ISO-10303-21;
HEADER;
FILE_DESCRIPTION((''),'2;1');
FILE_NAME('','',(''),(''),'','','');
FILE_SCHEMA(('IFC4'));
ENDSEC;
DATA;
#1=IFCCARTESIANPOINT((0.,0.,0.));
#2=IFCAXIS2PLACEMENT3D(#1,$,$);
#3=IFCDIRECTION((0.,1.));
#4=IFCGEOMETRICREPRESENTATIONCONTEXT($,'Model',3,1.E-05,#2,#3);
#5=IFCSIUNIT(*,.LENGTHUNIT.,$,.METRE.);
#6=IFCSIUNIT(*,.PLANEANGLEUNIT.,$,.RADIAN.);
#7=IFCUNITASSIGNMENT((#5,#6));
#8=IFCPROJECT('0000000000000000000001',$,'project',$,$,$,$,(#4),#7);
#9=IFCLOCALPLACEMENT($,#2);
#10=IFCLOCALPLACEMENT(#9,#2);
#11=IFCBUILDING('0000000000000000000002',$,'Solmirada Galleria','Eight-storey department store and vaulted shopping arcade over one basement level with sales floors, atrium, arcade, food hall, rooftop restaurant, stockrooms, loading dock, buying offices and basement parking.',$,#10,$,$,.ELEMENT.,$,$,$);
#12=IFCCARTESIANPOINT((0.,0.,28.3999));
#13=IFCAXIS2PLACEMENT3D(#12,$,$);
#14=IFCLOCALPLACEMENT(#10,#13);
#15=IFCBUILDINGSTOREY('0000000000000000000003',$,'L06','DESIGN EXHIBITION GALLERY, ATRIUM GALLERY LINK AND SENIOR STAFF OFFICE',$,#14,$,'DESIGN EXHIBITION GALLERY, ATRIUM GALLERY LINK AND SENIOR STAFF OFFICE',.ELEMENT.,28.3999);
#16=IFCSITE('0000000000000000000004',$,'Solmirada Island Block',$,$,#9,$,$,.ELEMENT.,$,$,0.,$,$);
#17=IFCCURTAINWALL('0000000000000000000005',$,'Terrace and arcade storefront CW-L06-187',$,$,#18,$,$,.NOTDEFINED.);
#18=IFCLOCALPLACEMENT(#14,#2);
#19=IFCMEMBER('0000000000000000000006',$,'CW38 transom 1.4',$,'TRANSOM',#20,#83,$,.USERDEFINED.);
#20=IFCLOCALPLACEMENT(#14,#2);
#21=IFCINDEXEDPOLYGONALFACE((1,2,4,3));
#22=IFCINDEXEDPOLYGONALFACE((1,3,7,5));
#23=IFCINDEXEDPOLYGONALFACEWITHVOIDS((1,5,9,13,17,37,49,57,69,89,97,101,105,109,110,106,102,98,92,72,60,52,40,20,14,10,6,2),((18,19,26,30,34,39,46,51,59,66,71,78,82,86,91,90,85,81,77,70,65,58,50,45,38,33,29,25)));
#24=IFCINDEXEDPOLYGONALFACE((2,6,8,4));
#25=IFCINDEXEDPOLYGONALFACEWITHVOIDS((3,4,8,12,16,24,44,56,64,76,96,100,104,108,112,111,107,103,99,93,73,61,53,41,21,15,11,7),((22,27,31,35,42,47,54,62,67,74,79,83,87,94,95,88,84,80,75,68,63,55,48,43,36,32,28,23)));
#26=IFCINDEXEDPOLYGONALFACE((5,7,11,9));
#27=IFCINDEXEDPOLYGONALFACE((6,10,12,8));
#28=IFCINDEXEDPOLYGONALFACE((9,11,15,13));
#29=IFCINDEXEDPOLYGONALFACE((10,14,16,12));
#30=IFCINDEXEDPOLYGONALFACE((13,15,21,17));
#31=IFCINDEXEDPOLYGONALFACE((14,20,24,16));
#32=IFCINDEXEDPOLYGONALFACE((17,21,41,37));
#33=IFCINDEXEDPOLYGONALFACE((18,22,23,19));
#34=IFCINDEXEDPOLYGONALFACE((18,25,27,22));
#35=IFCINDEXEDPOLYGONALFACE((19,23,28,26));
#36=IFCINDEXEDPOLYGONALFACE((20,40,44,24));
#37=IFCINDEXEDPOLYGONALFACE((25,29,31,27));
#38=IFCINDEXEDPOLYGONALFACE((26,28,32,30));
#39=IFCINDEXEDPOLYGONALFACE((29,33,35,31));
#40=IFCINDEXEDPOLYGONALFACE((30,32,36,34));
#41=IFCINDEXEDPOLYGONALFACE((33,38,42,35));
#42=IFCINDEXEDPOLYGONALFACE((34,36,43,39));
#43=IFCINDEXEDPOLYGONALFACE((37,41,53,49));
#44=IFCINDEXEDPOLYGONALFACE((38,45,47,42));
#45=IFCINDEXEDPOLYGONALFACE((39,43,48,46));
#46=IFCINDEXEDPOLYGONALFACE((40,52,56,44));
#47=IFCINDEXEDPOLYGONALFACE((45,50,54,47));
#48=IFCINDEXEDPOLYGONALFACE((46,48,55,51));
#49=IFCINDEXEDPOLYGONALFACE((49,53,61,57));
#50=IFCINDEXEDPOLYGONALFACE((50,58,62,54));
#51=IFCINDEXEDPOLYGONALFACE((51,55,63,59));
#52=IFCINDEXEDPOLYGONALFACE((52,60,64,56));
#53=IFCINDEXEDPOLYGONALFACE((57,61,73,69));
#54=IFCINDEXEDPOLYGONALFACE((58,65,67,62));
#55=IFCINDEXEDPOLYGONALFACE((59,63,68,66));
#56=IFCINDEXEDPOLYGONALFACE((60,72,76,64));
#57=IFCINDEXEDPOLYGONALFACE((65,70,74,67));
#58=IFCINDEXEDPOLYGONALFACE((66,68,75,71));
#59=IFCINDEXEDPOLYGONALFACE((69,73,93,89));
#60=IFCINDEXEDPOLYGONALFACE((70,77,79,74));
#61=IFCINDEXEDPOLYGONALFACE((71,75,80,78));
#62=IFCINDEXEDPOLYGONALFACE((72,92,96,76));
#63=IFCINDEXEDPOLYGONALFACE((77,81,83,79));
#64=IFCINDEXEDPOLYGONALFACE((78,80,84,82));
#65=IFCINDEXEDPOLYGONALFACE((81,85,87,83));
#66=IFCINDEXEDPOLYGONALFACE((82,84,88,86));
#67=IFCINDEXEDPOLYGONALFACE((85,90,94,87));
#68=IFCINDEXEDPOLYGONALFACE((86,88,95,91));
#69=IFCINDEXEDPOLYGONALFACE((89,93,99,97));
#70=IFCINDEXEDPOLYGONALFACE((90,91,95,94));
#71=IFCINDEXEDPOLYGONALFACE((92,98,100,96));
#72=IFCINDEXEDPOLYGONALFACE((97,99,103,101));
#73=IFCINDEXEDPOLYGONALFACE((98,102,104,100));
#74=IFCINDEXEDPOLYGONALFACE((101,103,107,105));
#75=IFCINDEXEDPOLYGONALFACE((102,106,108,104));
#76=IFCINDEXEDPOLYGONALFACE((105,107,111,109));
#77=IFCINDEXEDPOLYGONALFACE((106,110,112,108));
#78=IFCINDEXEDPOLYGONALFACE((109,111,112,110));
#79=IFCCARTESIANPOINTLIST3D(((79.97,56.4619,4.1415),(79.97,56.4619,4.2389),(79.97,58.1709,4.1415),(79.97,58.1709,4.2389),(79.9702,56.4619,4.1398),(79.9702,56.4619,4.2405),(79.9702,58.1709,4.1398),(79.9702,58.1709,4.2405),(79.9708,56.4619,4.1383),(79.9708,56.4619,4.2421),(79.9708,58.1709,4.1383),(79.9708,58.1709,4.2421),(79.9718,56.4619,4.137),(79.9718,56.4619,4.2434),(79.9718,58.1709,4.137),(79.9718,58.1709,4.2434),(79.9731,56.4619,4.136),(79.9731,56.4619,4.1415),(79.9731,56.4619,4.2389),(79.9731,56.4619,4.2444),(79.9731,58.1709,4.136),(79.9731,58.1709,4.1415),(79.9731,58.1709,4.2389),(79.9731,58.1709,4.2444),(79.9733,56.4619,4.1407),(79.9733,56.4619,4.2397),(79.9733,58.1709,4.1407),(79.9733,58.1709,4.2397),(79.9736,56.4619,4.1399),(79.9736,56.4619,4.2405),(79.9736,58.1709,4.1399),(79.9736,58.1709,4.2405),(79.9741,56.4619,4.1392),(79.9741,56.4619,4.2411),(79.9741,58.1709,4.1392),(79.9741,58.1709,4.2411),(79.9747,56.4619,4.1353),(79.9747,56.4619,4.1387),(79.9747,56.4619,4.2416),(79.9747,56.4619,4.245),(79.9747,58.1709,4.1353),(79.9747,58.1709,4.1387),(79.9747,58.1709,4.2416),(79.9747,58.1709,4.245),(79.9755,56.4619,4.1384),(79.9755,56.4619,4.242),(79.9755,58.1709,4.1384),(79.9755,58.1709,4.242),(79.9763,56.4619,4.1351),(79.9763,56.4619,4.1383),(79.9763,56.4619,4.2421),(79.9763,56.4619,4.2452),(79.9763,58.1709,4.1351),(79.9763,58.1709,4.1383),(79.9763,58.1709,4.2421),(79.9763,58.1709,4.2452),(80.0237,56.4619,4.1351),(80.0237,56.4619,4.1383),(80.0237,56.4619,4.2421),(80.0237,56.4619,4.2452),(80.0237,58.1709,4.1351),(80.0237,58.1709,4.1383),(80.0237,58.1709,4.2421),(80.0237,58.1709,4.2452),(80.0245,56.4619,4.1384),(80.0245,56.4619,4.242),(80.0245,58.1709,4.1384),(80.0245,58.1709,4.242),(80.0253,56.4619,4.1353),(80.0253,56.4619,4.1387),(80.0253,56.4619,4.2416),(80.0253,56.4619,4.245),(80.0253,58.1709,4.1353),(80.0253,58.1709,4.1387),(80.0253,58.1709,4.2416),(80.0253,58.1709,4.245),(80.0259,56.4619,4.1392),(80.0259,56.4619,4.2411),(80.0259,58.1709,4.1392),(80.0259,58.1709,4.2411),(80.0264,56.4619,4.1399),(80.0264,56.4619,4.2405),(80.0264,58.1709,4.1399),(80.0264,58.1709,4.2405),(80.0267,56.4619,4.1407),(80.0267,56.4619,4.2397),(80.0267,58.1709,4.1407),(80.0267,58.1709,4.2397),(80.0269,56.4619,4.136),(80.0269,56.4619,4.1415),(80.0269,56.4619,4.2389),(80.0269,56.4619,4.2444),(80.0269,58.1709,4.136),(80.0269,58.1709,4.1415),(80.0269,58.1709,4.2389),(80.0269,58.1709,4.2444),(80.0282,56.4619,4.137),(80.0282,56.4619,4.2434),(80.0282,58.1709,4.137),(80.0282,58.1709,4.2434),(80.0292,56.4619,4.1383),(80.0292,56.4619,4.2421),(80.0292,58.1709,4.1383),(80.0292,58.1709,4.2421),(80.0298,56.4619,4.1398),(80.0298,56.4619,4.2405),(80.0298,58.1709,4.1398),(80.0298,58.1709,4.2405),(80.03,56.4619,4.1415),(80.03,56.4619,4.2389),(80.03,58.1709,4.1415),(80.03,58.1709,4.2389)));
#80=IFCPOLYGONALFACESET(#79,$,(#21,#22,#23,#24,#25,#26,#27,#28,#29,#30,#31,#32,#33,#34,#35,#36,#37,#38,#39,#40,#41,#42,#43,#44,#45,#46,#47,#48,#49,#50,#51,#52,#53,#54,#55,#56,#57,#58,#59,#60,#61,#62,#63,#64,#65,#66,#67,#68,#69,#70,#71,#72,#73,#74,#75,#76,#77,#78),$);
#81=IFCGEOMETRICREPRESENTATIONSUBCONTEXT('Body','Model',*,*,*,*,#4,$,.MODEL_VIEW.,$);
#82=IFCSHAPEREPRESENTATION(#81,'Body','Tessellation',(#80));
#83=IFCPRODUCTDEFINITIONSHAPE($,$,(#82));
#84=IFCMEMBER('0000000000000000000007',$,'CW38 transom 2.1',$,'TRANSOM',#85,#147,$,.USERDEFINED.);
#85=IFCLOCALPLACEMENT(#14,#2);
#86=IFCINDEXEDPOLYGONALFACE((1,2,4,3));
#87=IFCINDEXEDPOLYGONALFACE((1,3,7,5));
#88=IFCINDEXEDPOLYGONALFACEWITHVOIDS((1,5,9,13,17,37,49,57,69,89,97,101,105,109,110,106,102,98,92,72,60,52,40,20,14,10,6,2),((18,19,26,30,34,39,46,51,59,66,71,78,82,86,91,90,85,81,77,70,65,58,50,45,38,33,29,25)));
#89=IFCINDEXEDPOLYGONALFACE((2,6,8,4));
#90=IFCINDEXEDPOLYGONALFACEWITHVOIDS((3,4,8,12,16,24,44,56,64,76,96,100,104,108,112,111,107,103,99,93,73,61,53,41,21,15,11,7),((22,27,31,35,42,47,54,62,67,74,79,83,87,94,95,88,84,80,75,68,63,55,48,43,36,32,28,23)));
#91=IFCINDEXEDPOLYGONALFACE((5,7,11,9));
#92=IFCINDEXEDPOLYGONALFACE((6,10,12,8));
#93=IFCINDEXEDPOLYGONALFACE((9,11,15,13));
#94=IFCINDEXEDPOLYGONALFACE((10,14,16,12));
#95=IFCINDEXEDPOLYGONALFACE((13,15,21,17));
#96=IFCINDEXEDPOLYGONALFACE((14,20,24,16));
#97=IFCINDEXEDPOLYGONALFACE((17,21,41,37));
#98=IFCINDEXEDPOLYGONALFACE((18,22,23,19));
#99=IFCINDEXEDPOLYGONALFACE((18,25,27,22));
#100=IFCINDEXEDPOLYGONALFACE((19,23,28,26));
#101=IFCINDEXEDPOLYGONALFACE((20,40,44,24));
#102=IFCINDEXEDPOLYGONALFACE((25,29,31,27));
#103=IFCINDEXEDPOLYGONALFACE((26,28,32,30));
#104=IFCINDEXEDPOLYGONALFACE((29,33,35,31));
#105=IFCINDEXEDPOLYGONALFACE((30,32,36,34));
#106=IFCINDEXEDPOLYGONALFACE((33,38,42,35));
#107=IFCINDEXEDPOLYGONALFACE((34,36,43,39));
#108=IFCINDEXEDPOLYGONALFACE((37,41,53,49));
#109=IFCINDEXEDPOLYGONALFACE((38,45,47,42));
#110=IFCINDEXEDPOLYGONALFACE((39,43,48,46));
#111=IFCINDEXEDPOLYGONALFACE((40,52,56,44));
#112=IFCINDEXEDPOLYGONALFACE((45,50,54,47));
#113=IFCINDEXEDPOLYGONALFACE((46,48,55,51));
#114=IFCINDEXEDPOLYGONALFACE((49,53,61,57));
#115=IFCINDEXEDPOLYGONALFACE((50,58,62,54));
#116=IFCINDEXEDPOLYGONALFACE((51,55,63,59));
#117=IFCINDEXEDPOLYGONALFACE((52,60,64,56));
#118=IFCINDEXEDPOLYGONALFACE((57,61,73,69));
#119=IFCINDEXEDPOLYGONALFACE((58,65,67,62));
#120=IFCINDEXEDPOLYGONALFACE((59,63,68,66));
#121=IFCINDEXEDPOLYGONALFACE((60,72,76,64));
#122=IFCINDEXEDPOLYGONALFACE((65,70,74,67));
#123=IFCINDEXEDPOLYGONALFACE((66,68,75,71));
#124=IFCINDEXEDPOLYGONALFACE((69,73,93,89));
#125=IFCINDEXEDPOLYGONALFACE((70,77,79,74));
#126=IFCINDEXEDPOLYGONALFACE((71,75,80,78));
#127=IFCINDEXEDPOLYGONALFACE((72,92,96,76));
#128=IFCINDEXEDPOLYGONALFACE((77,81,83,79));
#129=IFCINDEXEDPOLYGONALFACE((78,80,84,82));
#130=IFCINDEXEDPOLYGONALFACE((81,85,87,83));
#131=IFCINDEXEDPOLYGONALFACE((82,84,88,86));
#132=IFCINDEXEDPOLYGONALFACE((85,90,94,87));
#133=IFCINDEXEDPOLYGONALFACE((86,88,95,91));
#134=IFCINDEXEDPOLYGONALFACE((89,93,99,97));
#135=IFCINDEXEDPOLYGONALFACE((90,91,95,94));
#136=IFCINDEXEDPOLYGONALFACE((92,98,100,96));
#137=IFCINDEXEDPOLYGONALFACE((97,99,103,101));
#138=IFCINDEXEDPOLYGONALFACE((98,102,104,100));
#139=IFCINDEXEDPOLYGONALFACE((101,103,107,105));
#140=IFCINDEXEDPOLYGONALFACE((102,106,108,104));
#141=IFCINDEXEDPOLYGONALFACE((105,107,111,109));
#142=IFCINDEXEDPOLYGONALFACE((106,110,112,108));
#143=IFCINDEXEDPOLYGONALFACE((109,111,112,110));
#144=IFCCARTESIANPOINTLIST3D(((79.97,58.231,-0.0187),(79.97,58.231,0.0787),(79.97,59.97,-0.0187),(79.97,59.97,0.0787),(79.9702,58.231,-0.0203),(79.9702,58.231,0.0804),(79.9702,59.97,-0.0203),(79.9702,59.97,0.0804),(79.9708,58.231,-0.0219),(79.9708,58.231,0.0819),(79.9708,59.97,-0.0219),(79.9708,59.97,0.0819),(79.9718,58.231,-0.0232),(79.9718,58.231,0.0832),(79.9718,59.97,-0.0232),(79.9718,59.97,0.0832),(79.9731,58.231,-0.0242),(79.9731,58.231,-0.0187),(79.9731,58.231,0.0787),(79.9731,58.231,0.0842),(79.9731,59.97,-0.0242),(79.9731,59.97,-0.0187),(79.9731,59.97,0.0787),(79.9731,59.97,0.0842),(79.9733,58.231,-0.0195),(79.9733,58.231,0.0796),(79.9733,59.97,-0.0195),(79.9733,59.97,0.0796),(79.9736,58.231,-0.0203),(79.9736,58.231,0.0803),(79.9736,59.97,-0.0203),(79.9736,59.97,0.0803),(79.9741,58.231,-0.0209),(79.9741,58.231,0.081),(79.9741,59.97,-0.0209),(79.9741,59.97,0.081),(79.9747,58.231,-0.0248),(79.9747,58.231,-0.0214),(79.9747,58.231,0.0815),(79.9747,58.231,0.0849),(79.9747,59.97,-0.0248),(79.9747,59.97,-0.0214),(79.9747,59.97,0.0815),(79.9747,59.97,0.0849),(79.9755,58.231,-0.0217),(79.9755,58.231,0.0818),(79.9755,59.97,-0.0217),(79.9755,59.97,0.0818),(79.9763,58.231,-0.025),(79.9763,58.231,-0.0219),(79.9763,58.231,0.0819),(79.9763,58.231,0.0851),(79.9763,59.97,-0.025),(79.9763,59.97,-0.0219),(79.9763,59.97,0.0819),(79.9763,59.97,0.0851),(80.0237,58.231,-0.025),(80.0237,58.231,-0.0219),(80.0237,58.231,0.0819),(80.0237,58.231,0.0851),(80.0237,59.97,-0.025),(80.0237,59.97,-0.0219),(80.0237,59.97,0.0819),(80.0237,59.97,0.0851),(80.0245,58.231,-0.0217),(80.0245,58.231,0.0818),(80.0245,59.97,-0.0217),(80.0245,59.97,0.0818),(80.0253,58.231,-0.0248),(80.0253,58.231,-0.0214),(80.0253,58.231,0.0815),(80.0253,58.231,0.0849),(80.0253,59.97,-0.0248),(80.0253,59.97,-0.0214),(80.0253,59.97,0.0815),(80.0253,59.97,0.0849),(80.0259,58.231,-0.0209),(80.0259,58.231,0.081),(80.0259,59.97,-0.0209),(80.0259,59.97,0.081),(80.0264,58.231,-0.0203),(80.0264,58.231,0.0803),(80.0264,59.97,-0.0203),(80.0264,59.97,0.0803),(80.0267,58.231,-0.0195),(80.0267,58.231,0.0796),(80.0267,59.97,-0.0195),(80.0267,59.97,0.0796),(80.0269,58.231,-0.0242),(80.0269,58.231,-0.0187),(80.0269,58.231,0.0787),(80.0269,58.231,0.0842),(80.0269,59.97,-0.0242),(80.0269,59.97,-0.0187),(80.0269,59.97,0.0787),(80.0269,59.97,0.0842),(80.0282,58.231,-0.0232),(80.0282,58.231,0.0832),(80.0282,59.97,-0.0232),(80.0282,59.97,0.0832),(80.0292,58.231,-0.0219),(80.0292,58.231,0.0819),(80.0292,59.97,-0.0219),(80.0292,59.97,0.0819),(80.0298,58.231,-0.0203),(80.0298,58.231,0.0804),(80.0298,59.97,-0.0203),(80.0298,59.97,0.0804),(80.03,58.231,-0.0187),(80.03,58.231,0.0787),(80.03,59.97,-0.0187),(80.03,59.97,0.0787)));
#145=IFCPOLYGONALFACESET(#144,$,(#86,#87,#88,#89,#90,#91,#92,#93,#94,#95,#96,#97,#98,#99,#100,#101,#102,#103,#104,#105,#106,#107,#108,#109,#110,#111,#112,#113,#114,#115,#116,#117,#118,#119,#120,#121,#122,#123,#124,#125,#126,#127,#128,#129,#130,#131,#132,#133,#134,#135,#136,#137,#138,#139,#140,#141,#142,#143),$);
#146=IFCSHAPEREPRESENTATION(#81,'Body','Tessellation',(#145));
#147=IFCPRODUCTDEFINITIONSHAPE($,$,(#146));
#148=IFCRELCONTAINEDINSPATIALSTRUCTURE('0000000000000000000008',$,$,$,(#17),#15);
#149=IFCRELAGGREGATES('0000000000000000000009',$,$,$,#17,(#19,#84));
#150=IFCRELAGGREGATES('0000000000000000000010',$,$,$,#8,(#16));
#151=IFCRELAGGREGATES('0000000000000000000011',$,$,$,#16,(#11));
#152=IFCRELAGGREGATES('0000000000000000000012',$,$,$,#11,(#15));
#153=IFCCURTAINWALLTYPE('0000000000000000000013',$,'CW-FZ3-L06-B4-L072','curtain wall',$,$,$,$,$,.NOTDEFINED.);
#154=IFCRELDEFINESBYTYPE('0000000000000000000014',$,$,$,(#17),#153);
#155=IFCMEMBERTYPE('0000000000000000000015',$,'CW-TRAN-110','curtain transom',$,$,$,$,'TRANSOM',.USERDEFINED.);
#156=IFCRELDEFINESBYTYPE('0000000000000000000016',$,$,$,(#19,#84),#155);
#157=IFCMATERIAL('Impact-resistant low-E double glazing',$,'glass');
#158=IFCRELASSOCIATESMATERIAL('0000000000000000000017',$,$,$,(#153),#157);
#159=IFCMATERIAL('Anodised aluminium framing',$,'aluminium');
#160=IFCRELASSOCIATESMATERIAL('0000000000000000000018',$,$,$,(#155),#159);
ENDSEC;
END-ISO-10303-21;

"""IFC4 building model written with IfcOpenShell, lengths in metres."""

from ifc_helpers import new_model, si_unit, direction, frame, origin, origin_2d, place, context, subcontext, project, spatial, hollow_rectangle, extrude, material, material_profile, profile_set, type_object, element, aggregate, save


model = new_model("IFC4")

# Units and contexts
model_context = context("Model", 3, precision=1e-05, world=origin(), true_north=direction((0.0, 1.0)))
body_context = subcontext(model_context, "Body", "Model", "MODEL_VIEW")
ifc_project = project(units=[si_unit("LENGTHUNIT", "METRE"), si_unit("PLANEANGLEUNIT", "RADIAN")], contexts=[model_context])

# Site, building, storey
site_placement = place(None, origin())
site = spatial("IfcSite", under=ifc_project, at=site_placement, Name="Solmirada Island Block", CompositionType="ELEMENT", RefElevation=0.0)
building_placement = place(site_placement, origin())
building = spatial("IfcBuilding", under=site, at=building_placement, Name="Solmirada Galleria", Description="Eight-storey department store and vaulted shopping arcade over one basement level with sales floors, atrium, arcade, food hall, rooftop restaurant, stockrooms, loading dock, buying offices and basement parking.", CompositionType="ELEMENT")
storey_placement = place(building_placement, frame((0.0, 0.0, 28.3999)))
storey = spatial("IfcBuildingStorey", under=building, at=storey_placement, Name="L06", Description="DESIGN EXHIBITION GALLERY, ATRIUM GALLERY LINK AND SENIOR STAFF OFFICE", LongName="DESIGN EXHIBITION GALLERY, ATRIUM GALLERY LINK AND SENIOR STAFF OFFICE", CompositionType="ELEMENT", Elevation=28.3999)

# Shared definitions
ifc_material_1 = material(Name="Impact-resistant low-E double glazing", Category="glass")
curtain_wall_type = type_object("IfcCurtainWallType", Name="CW-FZ3-L06-B4-L072", Description="curtain wall", PredefinedType="NOTDEFINED", material=ifc_material_1)
ifc_material_2 = material(Name="Anodised aluminium framing", Category="aluminium")

# Curtain wall, members
curtain_wall_1_placement = place(storey_placement, origin())
curtain_wall_1 = element("IfcCurtainWall", 1, at=curtain_wall_1_placement, inside=storey, type_object=curtain_wall_type, Name="Terrace and arcade storefront CW-L06-187", PredefinedType="NOTDEFINED")
ifc_material_profile_1 = material_profile(ifc_material_2, hollow_rectangle(XDim=0.0601, YDim=0.1101, WallThickness=0.0032, InnerFilletRadius=0.0032, OuterFilletRadius=0.0063, at=origin_2d()), Name="ALU-TRAN-110X60")
ifc_profile_set_1 = profile_set([ifc_material_profile_1], Name="Anodised aluminium framing")
member_type_1 = type_object("IfcMemberType", Name="CW-TRAN-110", Description="curtain transom", ElementType="TRANSOM", PredefinedType="USERDEFINED", material=ifc_profile_set_1)
member_1_placement = place(storey_placement, frame((80.0, 56.4619, 4.1902), z_axis=(0.0, 1.0, 0.0), x_axis=(-1.0, 0.0, 0.0)))
member_1 = element("IfcMember", 2, at=member_1_placement, type_object=member_type_1, Name="CW38 transom 1.4", ObjectType="TRANSOM", PredefinedType="USERDEFINED", context=body_context, shape_type="SweptSolid", body=[
    extrude(hollow_rectangle(XDim=0.0601, YDim=0.1101, WallThickness=0.0032, InnerFilletRadius=0.0032, OuterFilletRadius=0.0063, at=origin_2d()), origin(), (0.0, 0.0, 1.0), 1.709),
])
member_2_placement = place(storey_placement, frame((80.0, 58.231, 0.03), z_axis=(0.0, 1.0, 0.0), x_axis=(-1.0, 0.0, 0.0)))
member_2 = element("IfcMember", 3, at=member_2_placement, type_object=member_type_1, Name="CW38 transom 2.1", ObjectType="TRANSOM", PredefinedType="USERDEFINED", context=body_context, shape_type="SweptSolid", body=[
    extrude(hollow_rectangle(XDim=0.0601, YDim=0.1101, WallThickness=0.0032, InnerFilletRadius=0.0032, OuterFilletRadius=0.0063, at=origin_2d()), origin(), (0.0, 0.0, 1.0), 1.739),
])

aggregate(curtain_wall_1, [member_1, member_2])

save(model, "model.ifc")
